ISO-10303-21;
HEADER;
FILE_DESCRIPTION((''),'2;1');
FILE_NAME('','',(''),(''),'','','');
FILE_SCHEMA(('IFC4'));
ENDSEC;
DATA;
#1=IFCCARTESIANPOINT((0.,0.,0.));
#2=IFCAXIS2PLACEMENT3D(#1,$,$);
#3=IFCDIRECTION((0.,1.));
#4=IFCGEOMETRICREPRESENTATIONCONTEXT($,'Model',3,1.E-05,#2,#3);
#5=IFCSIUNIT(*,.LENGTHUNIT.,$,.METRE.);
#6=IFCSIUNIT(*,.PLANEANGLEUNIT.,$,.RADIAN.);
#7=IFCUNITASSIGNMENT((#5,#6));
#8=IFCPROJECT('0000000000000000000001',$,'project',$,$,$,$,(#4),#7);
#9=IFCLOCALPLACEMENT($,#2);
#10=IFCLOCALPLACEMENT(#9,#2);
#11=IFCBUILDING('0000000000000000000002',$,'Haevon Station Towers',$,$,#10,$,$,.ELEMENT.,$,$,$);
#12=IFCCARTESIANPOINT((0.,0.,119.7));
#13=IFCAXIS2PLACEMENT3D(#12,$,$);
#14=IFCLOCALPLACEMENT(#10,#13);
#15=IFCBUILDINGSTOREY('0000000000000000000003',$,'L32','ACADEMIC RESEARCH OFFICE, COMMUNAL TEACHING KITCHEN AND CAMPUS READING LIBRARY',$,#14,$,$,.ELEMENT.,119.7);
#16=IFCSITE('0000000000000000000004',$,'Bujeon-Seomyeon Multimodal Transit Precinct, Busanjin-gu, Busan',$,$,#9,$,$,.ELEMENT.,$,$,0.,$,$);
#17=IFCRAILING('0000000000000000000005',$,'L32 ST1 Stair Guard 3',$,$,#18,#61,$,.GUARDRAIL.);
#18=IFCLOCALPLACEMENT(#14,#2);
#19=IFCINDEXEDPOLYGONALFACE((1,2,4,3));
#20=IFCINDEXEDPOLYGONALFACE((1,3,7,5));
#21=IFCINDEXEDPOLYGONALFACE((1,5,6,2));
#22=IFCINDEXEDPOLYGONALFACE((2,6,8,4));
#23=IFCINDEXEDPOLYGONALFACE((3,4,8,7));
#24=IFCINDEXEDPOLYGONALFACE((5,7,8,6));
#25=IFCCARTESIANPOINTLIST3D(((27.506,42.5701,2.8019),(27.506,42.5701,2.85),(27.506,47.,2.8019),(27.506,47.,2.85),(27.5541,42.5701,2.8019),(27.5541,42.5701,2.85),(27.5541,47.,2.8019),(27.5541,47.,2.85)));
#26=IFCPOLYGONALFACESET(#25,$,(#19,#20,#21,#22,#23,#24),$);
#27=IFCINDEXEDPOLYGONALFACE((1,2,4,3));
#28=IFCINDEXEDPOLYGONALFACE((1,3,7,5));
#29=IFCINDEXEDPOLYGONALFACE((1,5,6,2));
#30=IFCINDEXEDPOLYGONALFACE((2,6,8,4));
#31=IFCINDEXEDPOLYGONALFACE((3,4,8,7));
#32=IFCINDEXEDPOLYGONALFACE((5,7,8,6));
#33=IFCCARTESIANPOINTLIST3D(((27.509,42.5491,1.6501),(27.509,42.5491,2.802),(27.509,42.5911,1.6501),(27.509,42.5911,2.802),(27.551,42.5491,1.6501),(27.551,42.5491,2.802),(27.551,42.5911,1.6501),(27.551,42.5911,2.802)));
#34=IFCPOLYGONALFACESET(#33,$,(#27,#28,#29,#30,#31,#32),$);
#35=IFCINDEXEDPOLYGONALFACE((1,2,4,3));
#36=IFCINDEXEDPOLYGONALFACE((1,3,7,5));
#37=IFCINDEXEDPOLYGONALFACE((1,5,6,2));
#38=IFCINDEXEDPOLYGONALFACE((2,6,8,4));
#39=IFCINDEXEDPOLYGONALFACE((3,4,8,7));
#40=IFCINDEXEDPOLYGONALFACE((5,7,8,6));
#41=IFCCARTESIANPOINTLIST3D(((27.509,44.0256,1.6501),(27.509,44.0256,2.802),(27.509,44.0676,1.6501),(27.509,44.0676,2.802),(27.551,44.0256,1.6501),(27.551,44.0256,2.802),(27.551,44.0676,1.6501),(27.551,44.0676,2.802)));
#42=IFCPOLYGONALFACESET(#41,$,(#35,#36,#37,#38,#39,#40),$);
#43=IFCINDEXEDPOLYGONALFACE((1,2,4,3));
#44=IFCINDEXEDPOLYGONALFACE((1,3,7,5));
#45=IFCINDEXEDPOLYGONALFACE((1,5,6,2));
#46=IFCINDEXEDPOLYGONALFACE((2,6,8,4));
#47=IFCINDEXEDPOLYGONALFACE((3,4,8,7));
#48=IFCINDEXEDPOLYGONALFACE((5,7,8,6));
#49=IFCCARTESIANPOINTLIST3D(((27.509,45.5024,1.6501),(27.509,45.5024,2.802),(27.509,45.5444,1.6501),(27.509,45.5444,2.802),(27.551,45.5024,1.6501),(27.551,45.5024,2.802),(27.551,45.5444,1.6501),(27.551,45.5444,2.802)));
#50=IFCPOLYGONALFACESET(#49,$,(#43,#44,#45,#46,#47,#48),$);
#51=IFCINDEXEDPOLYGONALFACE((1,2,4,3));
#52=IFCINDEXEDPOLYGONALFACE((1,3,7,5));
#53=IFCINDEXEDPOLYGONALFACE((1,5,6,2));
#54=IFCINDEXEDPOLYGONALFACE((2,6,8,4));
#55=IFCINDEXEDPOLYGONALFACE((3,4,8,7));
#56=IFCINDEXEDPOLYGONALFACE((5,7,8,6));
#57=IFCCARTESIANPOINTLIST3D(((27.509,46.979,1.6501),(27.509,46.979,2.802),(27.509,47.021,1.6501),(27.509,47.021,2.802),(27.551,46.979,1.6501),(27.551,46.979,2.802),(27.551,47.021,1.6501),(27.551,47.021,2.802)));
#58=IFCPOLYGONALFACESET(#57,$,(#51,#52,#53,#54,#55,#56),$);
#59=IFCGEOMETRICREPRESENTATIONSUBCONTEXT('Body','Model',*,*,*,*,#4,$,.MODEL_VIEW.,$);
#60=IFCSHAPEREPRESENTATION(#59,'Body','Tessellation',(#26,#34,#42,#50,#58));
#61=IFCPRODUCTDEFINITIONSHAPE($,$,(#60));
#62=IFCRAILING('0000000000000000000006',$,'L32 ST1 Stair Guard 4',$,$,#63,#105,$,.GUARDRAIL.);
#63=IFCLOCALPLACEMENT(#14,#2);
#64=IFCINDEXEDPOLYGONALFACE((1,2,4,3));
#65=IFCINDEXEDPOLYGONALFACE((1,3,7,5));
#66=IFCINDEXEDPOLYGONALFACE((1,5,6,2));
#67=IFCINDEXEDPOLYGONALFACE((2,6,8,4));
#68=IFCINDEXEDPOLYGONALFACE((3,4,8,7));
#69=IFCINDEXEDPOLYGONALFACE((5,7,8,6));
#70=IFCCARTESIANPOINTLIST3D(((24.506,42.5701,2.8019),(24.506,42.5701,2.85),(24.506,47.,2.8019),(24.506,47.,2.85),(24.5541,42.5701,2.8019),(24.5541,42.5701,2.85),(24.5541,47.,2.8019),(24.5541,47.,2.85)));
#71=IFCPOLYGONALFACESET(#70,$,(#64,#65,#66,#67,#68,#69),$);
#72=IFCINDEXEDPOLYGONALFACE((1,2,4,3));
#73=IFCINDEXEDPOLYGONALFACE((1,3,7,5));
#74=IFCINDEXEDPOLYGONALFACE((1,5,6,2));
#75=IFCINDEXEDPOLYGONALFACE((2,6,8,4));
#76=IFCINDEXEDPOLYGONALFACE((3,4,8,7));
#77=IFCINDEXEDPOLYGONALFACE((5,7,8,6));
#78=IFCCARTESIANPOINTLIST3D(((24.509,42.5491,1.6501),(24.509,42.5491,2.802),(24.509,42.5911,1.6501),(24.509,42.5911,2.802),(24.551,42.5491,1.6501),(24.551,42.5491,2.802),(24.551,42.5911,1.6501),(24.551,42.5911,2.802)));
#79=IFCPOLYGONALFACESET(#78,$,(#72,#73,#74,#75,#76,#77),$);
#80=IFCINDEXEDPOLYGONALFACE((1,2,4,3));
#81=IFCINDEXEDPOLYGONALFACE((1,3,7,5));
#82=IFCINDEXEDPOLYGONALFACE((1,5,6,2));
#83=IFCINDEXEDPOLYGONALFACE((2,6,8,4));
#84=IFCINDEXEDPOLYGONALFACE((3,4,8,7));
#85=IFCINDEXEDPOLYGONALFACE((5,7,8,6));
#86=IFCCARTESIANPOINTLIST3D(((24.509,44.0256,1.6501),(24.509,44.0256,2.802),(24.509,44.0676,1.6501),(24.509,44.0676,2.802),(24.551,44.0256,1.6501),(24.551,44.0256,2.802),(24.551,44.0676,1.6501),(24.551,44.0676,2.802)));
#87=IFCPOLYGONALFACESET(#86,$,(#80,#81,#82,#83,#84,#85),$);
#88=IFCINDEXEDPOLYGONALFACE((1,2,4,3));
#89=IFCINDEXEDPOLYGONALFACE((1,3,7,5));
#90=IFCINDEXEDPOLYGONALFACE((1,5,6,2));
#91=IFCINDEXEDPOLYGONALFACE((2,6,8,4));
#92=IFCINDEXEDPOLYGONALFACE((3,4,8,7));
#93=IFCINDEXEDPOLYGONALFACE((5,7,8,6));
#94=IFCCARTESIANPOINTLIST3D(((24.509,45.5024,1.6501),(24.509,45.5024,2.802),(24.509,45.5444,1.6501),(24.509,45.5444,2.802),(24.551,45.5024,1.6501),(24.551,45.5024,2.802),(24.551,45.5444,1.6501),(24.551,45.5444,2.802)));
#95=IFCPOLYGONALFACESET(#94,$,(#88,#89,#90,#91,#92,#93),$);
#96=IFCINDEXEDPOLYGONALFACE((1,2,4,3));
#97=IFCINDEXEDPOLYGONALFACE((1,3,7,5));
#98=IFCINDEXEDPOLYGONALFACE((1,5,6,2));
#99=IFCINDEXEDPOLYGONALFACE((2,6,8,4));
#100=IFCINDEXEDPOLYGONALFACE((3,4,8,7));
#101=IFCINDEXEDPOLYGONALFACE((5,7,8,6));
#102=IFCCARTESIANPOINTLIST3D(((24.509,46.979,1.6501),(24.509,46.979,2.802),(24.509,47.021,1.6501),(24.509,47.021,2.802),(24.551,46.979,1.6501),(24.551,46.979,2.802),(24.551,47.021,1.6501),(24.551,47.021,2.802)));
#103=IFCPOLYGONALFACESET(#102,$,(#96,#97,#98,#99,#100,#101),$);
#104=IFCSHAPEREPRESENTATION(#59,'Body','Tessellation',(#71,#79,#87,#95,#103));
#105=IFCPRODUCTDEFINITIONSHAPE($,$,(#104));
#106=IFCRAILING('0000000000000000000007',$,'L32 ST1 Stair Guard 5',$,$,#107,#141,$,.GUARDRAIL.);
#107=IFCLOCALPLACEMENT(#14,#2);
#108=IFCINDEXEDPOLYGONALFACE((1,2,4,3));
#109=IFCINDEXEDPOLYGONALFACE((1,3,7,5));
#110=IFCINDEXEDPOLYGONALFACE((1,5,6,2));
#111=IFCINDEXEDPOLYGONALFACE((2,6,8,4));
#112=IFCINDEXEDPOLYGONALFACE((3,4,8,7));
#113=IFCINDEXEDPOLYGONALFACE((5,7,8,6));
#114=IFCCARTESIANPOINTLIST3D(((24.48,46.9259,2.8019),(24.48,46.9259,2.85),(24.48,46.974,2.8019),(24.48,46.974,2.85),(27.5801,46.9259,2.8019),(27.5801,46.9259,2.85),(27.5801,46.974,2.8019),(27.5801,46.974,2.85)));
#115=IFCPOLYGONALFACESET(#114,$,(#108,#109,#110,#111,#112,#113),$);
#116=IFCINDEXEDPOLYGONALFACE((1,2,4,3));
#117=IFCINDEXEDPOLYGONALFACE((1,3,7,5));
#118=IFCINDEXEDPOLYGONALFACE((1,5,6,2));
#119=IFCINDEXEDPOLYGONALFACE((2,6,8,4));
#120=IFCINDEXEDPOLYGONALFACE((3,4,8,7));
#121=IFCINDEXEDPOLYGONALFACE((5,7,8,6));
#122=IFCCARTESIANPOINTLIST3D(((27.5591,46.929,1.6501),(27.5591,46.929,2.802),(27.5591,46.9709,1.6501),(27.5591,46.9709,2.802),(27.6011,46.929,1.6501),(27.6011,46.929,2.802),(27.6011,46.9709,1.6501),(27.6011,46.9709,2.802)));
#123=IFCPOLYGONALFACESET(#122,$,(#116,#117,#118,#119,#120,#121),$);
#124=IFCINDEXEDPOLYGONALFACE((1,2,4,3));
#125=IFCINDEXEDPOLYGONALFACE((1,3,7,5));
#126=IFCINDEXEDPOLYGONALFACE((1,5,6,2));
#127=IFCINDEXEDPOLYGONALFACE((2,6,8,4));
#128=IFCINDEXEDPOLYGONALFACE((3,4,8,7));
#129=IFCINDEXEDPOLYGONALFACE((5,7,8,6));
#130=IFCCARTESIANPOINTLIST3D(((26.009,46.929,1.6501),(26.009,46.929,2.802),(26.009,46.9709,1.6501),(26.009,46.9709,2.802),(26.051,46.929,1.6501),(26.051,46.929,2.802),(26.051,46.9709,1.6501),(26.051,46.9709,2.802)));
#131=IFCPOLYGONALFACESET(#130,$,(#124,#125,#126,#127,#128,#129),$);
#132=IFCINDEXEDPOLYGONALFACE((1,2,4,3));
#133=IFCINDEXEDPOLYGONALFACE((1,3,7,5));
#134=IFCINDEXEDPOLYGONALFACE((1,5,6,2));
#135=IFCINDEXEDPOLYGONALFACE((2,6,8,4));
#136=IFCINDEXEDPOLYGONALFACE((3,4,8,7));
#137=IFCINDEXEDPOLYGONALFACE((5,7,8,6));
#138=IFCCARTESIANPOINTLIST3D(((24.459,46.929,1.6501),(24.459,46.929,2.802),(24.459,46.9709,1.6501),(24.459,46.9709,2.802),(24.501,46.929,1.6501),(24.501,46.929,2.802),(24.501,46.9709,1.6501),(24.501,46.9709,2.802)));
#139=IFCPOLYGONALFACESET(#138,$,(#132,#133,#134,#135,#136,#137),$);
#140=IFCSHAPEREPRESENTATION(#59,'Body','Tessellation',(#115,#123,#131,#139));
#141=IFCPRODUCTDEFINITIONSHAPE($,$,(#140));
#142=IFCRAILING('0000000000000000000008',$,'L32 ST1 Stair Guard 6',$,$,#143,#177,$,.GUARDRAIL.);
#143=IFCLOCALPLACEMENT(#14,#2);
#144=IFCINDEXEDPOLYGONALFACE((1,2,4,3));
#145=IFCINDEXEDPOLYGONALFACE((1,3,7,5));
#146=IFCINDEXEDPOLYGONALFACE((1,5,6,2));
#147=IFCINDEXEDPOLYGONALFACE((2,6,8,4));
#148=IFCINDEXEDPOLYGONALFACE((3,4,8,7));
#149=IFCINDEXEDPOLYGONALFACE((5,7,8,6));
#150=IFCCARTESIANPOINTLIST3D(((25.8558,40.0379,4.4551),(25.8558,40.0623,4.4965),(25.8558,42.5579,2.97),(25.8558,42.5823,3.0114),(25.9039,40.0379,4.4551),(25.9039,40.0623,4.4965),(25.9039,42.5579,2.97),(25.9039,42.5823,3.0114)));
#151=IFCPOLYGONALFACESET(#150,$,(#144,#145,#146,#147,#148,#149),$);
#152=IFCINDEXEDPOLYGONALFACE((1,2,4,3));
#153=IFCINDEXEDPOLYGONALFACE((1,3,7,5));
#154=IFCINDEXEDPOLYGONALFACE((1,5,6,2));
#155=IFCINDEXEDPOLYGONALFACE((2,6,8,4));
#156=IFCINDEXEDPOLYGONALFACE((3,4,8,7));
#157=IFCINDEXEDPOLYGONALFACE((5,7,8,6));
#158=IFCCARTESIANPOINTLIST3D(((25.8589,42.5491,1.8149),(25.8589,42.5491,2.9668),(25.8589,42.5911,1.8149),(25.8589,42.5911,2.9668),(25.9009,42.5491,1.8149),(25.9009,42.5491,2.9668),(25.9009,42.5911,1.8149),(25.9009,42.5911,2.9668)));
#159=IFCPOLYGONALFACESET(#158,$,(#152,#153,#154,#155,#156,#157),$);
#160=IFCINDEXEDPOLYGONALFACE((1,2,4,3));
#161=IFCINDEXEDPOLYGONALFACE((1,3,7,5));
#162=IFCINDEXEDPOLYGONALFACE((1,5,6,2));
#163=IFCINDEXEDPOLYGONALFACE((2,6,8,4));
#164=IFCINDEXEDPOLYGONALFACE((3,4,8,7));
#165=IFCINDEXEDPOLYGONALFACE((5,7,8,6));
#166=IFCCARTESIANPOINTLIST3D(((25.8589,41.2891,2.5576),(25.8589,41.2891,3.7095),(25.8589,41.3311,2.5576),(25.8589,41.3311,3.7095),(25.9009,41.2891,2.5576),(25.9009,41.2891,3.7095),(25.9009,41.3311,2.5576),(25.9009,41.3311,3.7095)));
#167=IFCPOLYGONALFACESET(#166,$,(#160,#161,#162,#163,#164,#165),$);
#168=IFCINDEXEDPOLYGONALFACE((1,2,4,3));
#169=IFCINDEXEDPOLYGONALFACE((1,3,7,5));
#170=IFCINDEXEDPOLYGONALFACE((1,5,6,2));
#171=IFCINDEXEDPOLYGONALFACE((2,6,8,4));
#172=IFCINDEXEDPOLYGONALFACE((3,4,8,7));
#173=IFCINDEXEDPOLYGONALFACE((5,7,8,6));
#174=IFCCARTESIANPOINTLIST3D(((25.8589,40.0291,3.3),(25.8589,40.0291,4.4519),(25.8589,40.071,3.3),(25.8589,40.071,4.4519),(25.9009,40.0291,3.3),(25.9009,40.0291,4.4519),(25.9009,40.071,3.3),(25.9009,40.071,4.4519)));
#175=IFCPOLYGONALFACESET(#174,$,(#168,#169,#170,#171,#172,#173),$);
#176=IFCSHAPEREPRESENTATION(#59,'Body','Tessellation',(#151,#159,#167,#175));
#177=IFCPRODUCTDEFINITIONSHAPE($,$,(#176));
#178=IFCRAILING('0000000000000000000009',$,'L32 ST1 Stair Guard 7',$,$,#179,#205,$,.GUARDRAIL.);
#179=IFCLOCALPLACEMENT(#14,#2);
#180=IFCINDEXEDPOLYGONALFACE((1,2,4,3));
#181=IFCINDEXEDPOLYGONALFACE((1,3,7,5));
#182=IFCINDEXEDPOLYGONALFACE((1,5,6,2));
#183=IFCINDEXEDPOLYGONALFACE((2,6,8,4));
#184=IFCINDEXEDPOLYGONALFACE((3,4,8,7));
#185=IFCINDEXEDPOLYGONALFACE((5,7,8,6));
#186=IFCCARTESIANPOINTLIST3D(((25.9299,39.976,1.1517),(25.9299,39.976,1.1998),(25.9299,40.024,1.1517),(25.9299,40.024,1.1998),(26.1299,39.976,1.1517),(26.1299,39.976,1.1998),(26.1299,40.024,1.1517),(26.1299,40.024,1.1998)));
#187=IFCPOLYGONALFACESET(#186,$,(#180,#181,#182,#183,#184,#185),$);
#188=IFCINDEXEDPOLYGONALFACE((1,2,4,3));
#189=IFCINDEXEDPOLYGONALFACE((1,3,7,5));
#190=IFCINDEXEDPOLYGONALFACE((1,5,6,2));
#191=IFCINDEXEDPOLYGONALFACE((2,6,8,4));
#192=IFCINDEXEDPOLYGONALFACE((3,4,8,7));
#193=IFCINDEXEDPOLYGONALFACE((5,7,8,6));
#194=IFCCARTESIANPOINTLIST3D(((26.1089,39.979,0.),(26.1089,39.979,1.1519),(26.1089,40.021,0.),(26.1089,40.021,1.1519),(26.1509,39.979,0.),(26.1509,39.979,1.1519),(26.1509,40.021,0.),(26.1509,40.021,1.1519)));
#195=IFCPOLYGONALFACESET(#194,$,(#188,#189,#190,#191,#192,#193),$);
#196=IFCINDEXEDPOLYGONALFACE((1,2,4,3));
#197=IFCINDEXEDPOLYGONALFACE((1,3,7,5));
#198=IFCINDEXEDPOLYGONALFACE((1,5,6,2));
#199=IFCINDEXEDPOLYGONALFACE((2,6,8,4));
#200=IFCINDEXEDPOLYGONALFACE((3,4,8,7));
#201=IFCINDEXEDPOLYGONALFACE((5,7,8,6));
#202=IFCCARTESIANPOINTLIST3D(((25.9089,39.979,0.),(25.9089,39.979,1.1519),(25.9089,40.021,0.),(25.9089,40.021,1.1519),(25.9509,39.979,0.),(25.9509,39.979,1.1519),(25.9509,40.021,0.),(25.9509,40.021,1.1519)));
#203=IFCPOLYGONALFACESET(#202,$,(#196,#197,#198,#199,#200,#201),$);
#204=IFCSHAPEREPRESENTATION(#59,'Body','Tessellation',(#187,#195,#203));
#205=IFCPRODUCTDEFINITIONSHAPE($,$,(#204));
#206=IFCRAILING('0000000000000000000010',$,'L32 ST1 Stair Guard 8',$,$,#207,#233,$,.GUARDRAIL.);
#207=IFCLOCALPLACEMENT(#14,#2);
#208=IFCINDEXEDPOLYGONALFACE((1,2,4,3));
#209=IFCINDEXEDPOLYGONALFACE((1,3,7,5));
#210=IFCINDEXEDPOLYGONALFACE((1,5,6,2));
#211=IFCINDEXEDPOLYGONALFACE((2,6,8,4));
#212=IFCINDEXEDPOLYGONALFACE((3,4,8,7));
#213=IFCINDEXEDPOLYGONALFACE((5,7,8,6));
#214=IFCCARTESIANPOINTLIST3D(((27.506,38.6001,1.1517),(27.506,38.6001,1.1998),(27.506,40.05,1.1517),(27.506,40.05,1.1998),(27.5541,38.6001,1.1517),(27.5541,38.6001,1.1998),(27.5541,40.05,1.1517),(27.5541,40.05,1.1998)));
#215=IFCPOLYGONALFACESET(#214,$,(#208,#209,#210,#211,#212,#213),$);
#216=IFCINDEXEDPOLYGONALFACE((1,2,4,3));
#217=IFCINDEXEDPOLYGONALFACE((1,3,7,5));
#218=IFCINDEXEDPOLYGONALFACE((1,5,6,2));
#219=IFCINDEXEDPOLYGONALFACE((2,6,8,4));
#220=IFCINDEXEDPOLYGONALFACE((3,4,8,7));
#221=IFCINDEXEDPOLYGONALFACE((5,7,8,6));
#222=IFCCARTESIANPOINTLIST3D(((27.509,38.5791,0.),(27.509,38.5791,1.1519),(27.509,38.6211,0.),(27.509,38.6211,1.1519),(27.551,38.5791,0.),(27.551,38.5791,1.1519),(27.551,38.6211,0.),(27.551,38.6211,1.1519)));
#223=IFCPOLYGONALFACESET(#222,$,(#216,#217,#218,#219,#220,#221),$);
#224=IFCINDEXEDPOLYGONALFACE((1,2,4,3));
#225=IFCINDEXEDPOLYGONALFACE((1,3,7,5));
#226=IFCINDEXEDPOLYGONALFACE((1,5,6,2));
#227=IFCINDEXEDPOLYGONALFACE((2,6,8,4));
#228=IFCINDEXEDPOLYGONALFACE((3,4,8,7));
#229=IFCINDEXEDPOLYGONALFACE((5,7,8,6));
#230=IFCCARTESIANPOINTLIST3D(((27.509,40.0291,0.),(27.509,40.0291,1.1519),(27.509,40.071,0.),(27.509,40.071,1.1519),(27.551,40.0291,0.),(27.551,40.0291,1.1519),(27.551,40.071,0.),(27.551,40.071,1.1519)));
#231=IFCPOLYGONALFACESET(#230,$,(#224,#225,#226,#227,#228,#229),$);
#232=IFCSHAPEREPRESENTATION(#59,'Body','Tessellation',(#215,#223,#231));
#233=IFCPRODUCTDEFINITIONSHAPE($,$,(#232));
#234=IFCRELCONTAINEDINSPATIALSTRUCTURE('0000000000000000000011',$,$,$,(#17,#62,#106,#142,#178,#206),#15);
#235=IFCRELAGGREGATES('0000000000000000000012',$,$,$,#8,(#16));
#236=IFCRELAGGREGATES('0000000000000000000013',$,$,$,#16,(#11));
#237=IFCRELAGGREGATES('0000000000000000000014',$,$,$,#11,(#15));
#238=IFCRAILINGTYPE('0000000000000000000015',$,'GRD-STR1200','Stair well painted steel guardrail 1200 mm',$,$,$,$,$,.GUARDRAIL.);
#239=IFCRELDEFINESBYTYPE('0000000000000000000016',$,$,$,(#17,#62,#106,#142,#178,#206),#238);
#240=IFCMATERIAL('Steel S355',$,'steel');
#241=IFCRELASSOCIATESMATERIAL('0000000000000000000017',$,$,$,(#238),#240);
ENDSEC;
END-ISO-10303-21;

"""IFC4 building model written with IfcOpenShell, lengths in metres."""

from ifc_helpers import new_model, si_unit, direction, frame, origin, origin_2d, place, context, subcontext, project, spatial, rectangle, extrude, material, type_object, element, save


model = new_model("IFC4")

# Units and contexts
model_context = context("Model", 3, precision=1e-05, world=origin(), true_north=direction((0.0, 1.0)))
body_context = subcontext(model_context, "Body", "Model", "MODEL_VIEW")
ifc_project = project(units=[si_unit("LENGTHUNIT", "METRE"), si_unit("PLANEANGLEUNIT", "RADIAN")], contexts=[model_context])

# Site, building, storey
site_placement = place(None, origin())
site = spatial("IfcSite", under=ifc_project, at=site_placement, Name="Bujeon-Seomyeon Multimodal Transit Precinct, Busanjin-gu, Busan", CompositionType="ELEMENT", RefElevation=0.0)
building_placement = place(site_placement, origin())
building = spatial("IfcBuilding", under=site, at=building_placement, Name="Haevon Station Towers", CompositionType="ELEMENT")
storey_placement = place(building_placement, frame((0.0, 0.0, 119.7)))
storey = spatial("IfcBuildingStorey", under=building, at=storey_placement, Name="L32", Description="ACADEMIC RESEARCH OFFICE, COMMUNAL TEACHING KITCHEN AND CAMPUS READING LIBRARY", CompositionType="ELEMENT", Elevation=119.7)

# Shared definitions
ifc_material_1 = material(Name="Steel S355", Category="steel")

# Railings
railing_type_1 = type_object("IfcRailingType", Name="GRD-STR1200", Description="Stair well painted steel guardrail 1200 mm", PredefinedType="GUARDRAIL", material=ifc_material_1)
for number, where, name in (
    (1, (27.53, 42.5701, 1.6501), "L32 ST1 Stair Guard 3"),
    (2, (24.53, 42.5701, 1.6501), "L32 ST1 Stair Guard 4"),
):
    element("IfcRailing", number, at=place(storey_placement, frame(where)), inside=storey, type_object=railing_type_1, Name=name, PredefinedType="GUARDRAIL", context=body_context, shape_type="SweptSolid", body=[
        extrude(rectangle(XDim=0.0481, YDim=0.0481, at=origin_2d()), frame((0.0, 0.0, 1.1758), z_axis=(0.0, 1.0, 0.0), x_axis=(-1.0, 0.0, 0.0)), (0.0, 0.0, 1.0), 4.4299),
        extrude(rectangle(XDim=0.042, YDim=0.042, at=origin_2d()), origin(), (0.0, 0.0, 1.0), 1.1519),
        extrude(rectangle(XDim=0.042, YDim=0.042, at=origin_2d()), frame((0.0, 1.4766, 0.0)), (0.0, 0.0, 1.0), 1.1519),
        extrude(rectangle(XDim=0.042, YDim=0.042, at=origin_2d()), frame((0.0, 2.9534, 0.0)), (0.0, 0.0, 1.0), 1.1519),
        extrude(rectangle(XDim=0.042, YDim=0.042, at=origin_2d()), frame((0.0, 4.4299, 0.0)), (0.0, 0.0, 1.0), 1.1519),
    ])
railing_1_placement = place(storey_placement, frame((27.5801, 46.95, 1.6501)))
element("IfcRailing", 3, at=railing_1_placement, inside=storey, type_object=railing_type_1, Name="L32 ST1 Stair Guard 5", PredefinedType="GUARDRAIL", context=body_context, shape_type="SweptSolid", body=[
    extrude(rectangle(XDim=0.0481, YDim=0.0481, at=origin_2d()), frame((0.0, 0.0, 1.1758), z_axis=(-1.0, 0.0, 0.0), x_axis=(0.0, -1.0, 0.0)), (0.0, 0.0, 1.0), 3.1001),
    extrude(rectangle(XDim=0.042, YDim=0.042, at=origin_2d()), origin(), (0.0, 0.0, 1.0), 1.1519),
    extrude(rectangle(XDim=0.042, YDim=0.042, at=origin_2d()), frame((-1.55, 0.0, 0.0)), (0.0, 0.0, 1.0), 1.1519),
    extrude(rectangle(XDim=0.042, YDim=0.042, at=origin_2d()), frame((-3.1001, 0.0, 0.0)), (0.0, 0.0, 1.0), 1.1519),
])
railing_2_placement = place(storey_placement, frame((25.8799, 42.5701, 1.8149)))
element("IfcRailing", 4, at=railing_2_placement, inside=storey, type_object=railing_type_1, Name="L32 ST1 Stair Guard 6", PredefinedType="GUARDRAIL", context=body_context, shape_type="SweptSolid", body=[
    extrude(rectangle(XDim=0.0481, YDim=0.0481, at=origin_2d()), frame((0.0, 0.0, 1.1758), z_axis=(0.0, -0.861524, 0.507717), x_axis=(1.0, 0.0, 0.0)), (0.0, 0.0, 1.0), 2.925),
    extrude(rectangle(XDim=0.042, YDim=0.042, at=origin_2d()), origin(), (0.0, 0.0, 1.0), 1.1519),
    extrude(rectangle(XDim=0.042, YDim=0.042, at=origin_2d()), frame((0.0, -1.26, 0.7427)), (0.0, 0.0, 1.0), 1.1519),
    extrude(rectangle(XDim=0.042, YDim=0.042, at=origin_2d()), frame((0.0, -2.52, 1.4851)), (0.0, 0.0, 1.0), 1.1519),
])
railing_3_placement = place(storey_placement, frame((26.1299, 40.0, 0.0)))
element("IfcRailing", 5, at=railing_3_placement, inside=storey, type_object=railing_type_1, Name="L32 ST1 Stair Guard 7", PredefinedType="GUARDRAIL", context=body_context, shape_type="SweptSolid", body=[
    extrude(rectangle(XDim=0.0481, YDim=0.0481, at=origin_2d()), frame((0.0, 0.0, 1.1758), z_axis=(-1.0, 0.0, 0.0), x_axis=(0.0, -1.0, 0.0)), (0.0, 0.0, 1.0), 0.2),
    extrude(rectangle(XDim=0.042, YDim=0.042, at=origin_2d()), origin(), (0.0, 0.0, 1.0), 1.1519),
    extrude(rectangle(XDim=0.042, YDim=0.042, at=origin_2d()), frame((-0.2, 0.0, 0.0)), (0.0, 0.0, 1.0), 1.1519),
])
railing_4_placement = place(storey_placement, frame((27.53, 38.6001, 0.0)))
element("IfcRailing", 6, at=railing_4_placement, inside=storey, type_object=railing_type_1, Name="L32 ST1 Stair Guard 8", PredefinedType="GUARDRAIL", context=body_context, shape_type="SweptSolid", body=[
    extrude(rectangle(XDim=0.0481, YDim=0.0481, at=origin_2d()), frame((0.0, 0.0, 1.1758), z_axis=(0.0, 1.0, 0.0), x_axis=(-1.0, 0.0, 0.0)), (0.0, 0.0, 1.0), 1.45),
    extrude(rectangle(XDim=0.042, YDim=0.042, at=origin_2d()), origin(), (0.0, 0.0, 1.0), 1.1519),
    extrude(rectangle(XDim=0.042, YDim=0.042, at=origin_2d()), frame((0.0, 1.45, 0.0)), (0.0, 0.0, 1.0), 1.1519),
])

save(model, "model.ifc")
